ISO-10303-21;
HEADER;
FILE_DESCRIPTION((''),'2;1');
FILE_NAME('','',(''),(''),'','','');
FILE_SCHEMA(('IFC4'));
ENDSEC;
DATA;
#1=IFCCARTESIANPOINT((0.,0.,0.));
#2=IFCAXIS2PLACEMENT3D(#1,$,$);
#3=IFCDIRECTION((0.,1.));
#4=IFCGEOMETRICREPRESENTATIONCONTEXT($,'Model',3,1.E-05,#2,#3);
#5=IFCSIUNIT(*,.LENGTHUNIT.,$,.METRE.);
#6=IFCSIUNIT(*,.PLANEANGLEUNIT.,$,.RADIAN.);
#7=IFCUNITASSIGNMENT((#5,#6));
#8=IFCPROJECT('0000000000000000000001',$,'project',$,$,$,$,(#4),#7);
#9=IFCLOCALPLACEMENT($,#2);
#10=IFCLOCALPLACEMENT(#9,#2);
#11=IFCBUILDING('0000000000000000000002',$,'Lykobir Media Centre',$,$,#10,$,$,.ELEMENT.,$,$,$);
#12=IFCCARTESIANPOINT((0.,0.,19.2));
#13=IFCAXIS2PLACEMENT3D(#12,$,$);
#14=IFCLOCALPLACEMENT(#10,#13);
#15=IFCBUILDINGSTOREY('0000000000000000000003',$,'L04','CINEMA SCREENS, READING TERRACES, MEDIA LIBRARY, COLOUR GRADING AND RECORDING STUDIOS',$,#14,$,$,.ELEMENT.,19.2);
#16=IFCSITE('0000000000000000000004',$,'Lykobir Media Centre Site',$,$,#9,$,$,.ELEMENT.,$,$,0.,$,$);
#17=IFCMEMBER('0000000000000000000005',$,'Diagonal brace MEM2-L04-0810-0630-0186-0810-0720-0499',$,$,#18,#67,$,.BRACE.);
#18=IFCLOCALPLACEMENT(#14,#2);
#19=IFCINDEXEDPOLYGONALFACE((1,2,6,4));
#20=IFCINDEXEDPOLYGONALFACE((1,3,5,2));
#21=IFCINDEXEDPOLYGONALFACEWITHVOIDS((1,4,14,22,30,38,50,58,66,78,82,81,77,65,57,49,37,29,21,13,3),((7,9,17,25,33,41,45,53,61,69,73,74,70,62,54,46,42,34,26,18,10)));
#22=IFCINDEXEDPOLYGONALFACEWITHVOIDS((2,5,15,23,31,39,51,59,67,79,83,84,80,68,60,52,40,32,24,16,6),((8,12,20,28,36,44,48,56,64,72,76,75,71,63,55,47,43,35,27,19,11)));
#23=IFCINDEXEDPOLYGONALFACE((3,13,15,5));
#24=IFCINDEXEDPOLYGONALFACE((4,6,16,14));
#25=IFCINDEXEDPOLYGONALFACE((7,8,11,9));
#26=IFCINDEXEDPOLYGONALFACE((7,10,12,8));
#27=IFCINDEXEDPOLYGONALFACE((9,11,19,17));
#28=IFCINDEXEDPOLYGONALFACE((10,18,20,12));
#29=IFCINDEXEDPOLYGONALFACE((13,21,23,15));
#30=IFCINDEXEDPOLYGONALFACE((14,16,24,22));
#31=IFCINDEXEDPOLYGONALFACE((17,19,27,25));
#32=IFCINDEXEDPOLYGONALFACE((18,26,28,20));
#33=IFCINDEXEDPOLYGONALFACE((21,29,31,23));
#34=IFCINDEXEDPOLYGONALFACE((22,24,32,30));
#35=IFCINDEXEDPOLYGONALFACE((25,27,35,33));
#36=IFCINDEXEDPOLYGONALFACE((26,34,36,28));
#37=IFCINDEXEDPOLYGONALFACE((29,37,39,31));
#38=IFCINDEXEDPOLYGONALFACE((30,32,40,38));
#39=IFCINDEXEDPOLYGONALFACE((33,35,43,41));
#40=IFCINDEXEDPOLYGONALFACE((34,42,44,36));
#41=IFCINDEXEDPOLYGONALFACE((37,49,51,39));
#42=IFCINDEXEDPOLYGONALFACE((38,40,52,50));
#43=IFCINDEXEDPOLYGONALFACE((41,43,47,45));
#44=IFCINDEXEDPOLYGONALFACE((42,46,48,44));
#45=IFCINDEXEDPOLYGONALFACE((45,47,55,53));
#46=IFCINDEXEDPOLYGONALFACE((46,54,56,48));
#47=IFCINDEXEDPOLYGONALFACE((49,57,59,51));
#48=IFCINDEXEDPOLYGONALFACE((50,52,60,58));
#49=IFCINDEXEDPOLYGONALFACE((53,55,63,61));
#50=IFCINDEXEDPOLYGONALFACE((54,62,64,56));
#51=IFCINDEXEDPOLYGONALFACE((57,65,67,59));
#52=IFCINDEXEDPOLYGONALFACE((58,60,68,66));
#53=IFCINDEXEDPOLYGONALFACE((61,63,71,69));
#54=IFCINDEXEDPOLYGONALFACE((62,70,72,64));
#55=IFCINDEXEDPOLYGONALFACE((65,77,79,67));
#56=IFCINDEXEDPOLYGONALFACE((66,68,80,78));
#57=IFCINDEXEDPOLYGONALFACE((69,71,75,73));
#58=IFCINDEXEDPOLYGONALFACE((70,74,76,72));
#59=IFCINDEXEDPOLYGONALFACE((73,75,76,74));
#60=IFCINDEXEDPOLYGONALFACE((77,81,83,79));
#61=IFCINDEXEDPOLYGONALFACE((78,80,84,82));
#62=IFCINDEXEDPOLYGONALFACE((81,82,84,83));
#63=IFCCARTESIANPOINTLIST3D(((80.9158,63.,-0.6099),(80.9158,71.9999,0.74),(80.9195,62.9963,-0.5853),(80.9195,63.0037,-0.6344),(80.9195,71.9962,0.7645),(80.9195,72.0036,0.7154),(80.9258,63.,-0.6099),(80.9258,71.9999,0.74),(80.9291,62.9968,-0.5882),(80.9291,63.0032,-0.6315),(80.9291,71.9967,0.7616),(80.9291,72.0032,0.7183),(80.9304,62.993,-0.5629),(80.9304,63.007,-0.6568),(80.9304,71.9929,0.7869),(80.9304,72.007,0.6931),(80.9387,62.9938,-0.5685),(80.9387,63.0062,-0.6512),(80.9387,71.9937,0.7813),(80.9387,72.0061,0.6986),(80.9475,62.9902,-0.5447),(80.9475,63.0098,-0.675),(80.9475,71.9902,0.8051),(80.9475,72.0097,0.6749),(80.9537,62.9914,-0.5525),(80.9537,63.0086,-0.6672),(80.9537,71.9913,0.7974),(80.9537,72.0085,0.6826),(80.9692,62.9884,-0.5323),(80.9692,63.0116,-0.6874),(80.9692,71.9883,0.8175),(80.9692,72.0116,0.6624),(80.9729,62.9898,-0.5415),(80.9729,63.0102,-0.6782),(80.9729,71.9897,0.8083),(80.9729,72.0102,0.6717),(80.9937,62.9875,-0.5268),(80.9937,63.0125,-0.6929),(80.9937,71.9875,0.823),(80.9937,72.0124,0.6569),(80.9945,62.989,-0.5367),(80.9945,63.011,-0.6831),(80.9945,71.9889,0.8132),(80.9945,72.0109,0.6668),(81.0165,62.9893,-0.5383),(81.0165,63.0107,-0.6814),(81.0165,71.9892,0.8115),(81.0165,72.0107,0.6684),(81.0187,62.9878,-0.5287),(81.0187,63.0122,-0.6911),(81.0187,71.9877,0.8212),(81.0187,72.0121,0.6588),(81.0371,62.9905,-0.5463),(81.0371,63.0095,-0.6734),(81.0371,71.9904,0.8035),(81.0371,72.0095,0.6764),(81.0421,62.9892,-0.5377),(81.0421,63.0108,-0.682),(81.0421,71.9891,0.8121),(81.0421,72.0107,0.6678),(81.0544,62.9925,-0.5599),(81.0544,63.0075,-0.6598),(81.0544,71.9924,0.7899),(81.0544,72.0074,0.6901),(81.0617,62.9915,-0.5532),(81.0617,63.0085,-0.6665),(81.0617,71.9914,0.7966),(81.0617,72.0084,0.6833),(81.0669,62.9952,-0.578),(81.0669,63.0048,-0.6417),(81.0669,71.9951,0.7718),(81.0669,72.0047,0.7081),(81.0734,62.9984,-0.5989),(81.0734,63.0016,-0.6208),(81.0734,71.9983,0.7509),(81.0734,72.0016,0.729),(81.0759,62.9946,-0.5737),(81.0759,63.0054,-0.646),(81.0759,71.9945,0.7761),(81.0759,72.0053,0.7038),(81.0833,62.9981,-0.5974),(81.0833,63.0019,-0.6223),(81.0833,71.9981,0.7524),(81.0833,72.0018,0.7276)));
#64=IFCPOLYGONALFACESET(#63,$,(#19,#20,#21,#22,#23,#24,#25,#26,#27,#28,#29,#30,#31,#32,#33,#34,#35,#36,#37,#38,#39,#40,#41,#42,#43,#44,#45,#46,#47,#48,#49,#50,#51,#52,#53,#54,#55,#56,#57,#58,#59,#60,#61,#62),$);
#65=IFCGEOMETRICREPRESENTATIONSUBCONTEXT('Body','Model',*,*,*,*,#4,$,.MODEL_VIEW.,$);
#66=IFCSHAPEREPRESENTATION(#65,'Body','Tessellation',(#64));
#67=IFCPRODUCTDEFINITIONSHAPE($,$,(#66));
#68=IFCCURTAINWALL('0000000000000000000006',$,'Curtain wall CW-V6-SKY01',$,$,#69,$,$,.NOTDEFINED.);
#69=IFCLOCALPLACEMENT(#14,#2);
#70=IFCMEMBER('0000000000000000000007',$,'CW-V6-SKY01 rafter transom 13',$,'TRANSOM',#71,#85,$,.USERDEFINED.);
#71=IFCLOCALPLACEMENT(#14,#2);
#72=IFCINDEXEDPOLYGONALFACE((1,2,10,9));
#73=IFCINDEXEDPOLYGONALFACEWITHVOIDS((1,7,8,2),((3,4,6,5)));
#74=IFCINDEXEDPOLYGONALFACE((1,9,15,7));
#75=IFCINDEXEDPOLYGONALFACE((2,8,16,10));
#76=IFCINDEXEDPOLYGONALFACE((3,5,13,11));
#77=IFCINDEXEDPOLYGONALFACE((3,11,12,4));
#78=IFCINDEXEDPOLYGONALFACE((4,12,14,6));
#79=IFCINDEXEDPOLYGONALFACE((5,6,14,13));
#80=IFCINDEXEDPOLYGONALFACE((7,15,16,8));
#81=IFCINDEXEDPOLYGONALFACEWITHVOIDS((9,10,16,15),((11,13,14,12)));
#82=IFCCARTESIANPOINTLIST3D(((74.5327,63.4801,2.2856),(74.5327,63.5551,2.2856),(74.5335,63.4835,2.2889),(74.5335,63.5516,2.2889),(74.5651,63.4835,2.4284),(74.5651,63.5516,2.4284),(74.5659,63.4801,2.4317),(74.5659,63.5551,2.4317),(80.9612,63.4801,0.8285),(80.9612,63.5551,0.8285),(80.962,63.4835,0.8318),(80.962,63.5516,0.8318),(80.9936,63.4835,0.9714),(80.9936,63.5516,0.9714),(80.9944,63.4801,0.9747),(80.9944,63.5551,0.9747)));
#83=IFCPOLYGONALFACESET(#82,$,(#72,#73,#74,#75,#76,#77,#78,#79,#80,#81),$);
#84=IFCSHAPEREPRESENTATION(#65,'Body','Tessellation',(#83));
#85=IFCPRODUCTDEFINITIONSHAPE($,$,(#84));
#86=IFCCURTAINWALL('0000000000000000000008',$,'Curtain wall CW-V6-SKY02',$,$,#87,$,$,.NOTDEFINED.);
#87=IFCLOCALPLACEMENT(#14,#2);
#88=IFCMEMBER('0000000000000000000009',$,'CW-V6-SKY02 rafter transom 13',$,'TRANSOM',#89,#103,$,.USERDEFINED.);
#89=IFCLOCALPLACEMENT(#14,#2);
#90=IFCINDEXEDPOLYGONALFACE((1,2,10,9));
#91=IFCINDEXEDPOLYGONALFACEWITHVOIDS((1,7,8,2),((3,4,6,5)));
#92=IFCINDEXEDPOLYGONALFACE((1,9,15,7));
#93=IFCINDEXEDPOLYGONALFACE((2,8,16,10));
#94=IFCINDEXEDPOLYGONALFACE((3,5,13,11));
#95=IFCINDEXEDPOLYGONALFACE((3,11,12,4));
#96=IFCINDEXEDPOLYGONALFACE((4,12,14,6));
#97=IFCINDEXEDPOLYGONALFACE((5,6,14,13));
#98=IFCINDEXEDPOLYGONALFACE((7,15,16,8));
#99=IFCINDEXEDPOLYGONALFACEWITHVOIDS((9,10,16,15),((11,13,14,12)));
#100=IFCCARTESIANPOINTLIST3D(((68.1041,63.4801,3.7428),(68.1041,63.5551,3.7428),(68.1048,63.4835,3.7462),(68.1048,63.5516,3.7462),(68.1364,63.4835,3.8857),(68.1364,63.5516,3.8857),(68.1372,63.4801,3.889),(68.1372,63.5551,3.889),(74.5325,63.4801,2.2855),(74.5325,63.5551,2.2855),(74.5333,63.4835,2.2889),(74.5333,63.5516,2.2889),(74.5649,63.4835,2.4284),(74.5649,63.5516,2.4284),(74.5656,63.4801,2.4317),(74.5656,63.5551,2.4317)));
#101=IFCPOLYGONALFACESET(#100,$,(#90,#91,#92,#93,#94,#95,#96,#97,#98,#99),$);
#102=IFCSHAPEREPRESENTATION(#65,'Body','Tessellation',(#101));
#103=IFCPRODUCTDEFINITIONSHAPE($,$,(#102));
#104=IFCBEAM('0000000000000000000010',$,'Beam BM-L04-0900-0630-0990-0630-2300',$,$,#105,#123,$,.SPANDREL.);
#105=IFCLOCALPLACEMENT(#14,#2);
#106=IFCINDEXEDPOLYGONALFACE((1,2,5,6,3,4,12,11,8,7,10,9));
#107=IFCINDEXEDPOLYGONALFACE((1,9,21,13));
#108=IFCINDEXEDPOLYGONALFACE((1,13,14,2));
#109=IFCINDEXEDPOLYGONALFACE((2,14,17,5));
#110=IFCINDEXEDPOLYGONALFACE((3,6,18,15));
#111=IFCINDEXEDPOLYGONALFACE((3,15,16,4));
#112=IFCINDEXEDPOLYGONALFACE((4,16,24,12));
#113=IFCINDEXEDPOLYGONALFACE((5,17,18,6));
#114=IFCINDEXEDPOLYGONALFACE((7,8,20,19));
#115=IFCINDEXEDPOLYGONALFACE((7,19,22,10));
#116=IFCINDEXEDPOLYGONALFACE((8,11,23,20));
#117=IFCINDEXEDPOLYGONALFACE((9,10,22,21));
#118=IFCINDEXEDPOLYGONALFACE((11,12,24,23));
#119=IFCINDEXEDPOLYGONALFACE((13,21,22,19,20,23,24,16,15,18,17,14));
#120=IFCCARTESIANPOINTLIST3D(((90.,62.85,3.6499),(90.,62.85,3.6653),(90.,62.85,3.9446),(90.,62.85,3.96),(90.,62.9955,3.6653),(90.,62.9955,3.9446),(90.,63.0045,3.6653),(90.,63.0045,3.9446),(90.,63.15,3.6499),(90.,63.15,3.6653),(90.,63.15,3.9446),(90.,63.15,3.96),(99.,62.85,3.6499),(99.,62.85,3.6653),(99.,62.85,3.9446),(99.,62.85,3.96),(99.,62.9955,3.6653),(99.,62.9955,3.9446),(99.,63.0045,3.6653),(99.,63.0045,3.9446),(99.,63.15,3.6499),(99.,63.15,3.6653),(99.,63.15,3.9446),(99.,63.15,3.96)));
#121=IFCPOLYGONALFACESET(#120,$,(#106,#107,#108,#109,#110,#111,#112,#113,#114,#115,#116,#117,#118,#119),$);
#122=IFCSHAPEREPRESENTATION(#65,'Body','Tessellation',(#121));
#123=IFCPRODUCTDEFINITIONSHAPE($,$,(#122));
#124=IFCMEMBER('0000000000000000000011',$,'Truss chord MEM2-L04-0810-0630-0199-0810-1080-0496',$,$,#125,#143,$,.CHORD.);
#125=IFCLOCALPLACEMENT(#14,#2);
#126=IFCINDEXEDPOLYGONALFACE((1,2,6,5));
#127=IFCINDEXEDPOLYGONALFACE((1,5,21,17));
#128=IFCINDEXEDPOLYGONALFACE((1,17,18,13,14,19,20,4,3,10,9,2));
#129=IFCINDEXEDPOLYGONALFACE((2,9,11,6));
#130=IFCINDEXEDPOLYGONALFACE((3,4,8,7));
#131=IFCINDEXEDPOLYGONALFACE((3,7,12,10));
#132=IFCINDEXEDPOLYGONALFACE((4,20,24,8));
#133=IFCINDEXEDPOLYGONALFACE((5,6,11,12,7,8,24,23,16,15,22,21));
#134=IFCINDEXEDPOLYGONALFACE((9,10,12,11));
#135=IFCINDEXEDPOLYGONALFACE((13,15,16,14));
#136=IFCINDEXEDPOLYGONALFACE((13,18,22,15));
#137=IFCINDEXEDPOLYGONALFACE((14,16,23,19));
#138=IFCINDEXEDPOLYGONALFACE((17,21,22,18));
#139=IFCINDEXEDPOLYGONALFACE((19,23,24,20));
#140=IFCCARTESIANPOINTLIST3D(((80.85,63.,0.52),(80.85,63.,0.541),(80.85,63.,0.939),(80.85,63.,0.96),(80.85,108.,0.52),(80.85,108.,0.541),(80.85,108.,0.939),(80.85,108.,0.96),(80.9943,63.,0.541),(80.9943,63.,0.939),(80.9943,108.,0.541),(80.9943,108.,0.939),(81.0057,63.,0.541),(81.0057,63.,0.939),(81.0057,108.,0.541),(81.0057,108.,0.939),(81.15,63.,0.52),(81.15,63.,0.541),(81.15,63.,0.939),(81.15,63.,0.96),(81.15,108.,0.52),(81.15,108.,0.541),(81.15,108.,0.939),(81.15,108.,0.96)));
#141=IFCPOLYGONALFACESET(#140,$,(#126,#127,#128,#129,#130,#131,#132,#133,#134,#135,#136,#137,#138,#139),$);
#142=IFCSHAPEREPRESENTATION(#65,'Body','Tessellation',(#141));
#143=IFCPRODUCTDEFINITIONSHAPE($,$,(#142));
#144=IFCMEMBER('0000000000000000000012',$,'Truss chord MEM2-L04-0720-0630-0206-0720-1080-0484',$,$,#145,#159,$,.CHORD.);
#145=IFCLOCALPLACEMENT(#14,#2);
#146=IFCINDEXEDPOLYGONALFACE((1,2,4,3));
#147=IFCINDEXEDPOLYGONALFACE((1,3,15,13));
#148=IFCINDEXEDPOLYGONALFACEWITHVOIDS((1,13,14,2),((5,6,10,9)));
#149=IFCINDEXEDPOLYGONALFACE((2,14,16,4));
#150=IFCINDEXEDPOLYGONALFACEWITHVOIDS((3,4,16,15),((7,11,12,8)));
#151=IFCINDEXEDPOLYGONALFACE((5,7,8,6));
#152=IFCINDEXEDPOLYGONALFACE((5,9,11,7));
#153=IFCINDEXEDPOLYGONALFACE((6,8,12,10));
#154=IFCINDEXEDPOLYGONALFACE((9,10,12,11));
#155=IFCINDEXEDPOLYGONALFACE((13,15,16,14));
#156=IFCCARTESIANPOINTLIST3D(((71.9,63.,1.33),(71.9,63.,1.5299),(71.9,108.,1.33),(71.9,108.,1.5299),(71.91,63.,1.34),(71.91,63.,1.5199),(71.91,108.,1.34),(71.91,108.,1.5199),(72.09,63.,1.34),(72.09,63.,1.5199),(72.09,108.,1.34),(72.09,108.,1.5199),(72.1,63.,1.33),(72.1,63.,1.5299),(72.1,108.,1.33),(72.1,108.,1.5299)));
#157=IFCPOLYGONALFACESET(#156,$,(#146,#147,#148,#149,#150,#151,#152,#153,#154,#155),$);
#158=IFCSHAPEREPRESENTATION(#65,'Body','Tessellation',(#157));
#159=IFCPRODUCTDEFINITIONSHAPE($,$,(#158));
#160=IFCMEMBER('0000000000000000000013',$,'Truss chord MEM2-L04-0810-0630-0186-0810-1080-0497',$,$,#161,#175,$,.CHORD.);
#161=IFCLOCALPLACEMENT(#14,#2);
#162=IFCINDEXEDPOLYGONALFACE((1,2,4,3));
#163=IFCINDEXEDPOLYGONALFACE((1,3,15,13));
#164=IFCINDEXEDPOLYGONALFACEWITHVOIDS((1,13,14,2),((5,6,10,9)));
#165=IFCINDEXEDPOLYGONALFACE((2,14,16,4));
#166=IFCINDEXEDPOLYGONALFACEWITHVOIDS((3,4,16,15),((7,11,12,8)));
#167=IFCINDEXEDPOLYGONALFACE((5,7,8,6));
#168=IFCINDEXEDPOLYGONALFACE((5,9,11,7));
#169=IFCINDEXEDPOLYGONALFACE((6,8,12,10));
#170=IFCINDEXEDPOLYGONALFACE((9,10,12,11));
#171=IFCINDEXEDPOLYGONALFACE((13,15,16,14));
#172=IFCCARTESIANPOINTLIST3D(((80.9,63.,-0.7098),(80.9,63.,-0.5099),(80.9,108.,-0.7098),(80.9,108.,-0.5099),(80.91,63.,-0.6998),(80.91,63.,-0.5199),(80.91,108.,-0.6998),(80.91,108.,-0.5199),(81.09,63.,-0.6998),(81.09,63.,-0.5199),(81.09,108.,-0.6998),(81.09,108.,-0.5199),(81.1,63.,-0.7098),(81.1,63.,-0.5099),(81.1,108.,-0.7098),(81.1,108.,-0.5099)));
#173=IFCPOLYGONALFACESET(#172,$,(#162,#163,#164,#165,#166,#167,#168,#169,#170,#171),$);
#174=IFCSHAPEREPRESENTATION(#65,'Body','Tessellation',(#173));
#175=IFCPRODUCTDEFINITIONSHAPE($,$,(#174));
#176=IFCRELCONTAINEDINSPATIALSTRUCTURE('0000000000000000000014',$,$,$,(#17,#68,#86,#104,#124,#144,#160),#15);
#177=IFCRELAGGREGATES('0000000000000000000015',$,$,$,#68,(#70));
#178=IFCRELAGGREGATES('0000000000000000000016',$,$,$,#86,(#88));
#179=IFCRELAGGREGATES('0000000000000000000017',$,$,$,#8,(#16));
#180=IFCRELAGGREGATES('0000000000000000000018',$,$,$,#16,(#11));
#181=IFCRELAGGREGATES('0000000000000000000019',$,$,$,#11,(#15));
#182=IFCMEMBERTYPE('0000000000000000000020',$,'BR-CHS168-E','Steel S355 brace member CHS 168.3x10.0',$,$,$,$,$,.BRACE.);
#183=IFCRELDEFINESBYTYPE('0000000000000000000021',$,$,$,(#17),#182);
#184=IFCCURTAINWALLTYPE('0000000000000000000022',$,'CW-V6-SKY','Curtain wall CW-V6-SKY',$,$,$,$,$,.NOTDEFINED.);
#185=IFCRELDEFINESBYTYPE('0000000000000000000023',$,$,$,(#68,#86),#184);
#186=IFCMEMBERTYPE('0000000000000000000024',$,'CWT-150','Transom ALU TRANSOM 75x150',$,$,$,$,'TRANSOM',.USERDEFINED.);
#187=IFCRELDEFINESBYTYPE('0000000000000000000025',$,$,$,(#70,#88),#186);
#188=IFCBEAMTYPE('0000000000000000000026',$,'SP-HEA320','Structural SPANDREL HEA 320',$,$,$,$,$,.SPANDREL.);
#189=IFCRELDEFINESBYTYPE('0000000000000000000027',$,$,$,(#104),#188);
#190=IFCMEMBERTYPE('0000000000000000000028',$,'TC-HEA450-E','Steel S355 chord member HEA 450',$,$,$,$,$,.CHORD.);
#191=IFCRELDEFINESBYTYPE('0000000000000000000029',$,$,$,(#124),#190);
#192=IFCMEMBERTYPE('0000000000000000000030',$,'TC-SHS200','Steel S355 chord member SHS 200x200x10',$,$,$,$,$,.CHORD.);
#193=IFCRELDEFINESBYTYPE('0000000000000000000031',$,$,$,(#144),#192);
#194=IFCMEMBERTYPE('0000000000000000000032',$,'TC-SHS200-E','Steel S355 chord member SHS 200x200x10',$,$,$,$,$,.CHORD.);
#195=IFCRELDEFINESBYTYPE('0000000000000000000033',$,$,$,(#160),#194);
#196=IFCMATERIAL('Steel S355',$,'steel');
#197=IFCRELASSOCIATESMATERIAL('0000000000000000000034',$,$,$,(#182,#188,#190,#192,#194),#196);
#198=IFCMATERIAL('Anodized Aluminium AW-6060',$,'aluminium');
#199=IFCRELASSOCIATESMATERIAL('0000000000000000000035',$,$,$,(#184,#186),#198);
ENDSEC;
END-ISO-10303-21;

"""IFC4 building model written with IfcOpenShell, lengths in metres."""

from ifc_helpers import new_model, si_unit, direction, frame, origin, origin_2d, place, context, subcontext, project, spatial, hollow_rectangle, hollow_circle, i_section, extrude, material, material_profile, profile_set, type_object, element, aggregate, save


model = new_model("IFC4")

# Units and contexts
model_context = context("Model", 3, precision=1e-05, world=origin(), true_north=direction((0.0, 1.0)))
body_context = subcontext(model_context, "Body", "Model", "MODEL_VIEW")
ifc_project = project(units=[si_unit("LENGTHUNIT", "METRE"), si_unit("PLANEANGLEUNIT", "RADIAN")], contexts=[model_context])

# Site, building, storey
site_placement = place(None, origin())
site = spatial("IfcSite", under=ifc_project, at=site_placement, Name="Lykobir Media Centre Site", CompositionType="ELEMENT", RefElevation=0.0)
building_placement = place(site_placement, origin())
building = spatial("IfcBuilding", under=site, at=building_placement, Name="Lykobir Media Centre", CompositionType="ELEMENT")
storey_placement = place(building_placement, frame((0.0, 0.0, 19.2)))
storey = spatial("IfcBuildingStorey", under=building, at=storey_placement, Name="L04", Description="CINEMA SCREENS, READING TERRACES, MEDIA LIBRARY, COLOUR GRADING AND RECORDING STUDIOS", CompositionType="ELEMENT", Elevation=19.2)

# Member
ifc_material_1 = material(Name="Steel S355", Category="steel")
ifc_material_profile_1 = material_profile(ifc_material_1, hollow_circle(Radius=0.0842, WallThickness=0.01, at=origin_2d()), Name="CHS 168.3x10.0")
ifc_profile_set_1 = profile_set([ifc_material_profile_1], Name="Steel S355")
member_type_1 = type_object("IfcMemberType", Name="BR-CHS168-E", Description="Steel S355 brace member CHS 168.3x10.0", PredefinedType="BRACE", material=ifc_profile_set_1)
member_1_placement = place(storey_placement, frame((81.0, 63.0, -0.6099), z_axis=(0.0, 0.988939, 0.148325), x_axis=(-1.0, 0.0, 0.0)))
element("IfcMember", 1, at=member_1_placement, inside=storey, type_object=member_type_1, Name="Diagonal brace MEM2-L04-0810-0630-0186-0810-0720-0499", PredefinedType="BRACE", context=body_context, shape_type="SweptSolid", body=[
    extrude(hollow_circle(Radius=0.0842, WallThickness=0.01, at=origin_2d()), origin(), (0.0, 0.0, 1.0), 9.1006),
])

# Curtain walls, members
ifc_material_2 = material(Name="Anodized Aluminium AW-6060", Category="aluminium")
curtain_wall_type = type_object("IfcCurtainWallType", Name="CW-V6-SKY", Description="Curtain wall CW-V6-SKY", PredefinedType="NOTDEFINED", material=ifc_material_2)
curtain_wall_1_placement = place(storey_placement, origin())
curtain_wall_1 = element("IfcCurtainWall", 2, at=curtain_wall_1_placement, inside=storey, type_object=curtain_wall_type, Name="Curtain wall CW-V6-SKY01", PredefinedType="NOTDEFINED")
ifc_material_profile_2 = material_profile(ifc_material_2, hollow_rectangle(XDim=0.075, YDim=0.1499, WallThickness=0.0034, at=origin_2d()), Name="ALU TRANSOM 75x150")
ifc_profile_set_2 = profile_set([ifc_material_profile_2], Name="Anodized Aluminium AW-6060")
member_type_2 = type_object("IfcMemberType", Name="CWT-150", Description="Transom ALU TRANSOM 75x150", ElementType="TRANSOM", PredefinedType="USERDEFINED", material=ifc_profile_set_2)
member_2_placement = place(storey_placement, frame((80.9778, 63.5176, 0.9016), z_axis=(-0.975263, 0.0, 0.221046), x_axis=(0.0, -1.0, 0.0)))
member_2 = element("IfcMember", 3, at=member_2_placement, type_object=member_type_2, Name="CW-V6-SKY01 rafter transom 13", ObjectType="TRANSOM", PredefinedType="USERDEFINED", context=body_context, shape_type="SweptSolid", body=[
    extrude(hollow_rectangle(XDim=0.075, YDim=0.1499, WallThickness=0.0034, at=origin_2d()), origin(), (0.0, 0.0, 1.0), 6.5916),
])
aggregate(curtain_wall_1, [member_2])
curtain_wall_2_placement = place(storey_placement, origin())
curtain_wall_2 = element("IfcCurtainWall", 4, at=curtain_wall_2_placement, inside=storey, type_object=curtain_wall_type, Name="Curtain wall CW-V6-SKY02", PredefinedType="NOTDEFINED")
member_3_placement = place(storey_placement, frame((74.5491, 63.5176, 2.3586), z_axis=(-0.975255, 0.0, 0.221082), x_axis=(0.0, -1.0, 0.0)))
member_3 = element("IfcMember", 5, at=member_3_placement, type_object=member_type_2, Name="CW-V6-SKY02 rafter transom 13", ObjectType="TRANSOM", PredefinedType="USERDEFINED", context=body_context, shape_type="SweptSolid", body=[
    extrude(hollow_rectangle(XDim=0.075, YDim=0.1499, WallThickness=0.0034, at=origin_2d()), origin(), (0.0, 0.0, 1.0), 6.5916),
])
aggregate(curtain_wall_2, [member_3])

# Beam
ifc_material_profile_3 = material_profile(ifc_material_1, i_section(OverallWidth=0.3, OverallDepth=0.3101, WebThickness=0.009, FlangeThickness=0.0154, at=origin_2d()), Name="HEA 320")
ifc_profile_set_3 = profile_set([ifc_material_profile_3], Name="Steel S355")
beam_type = type_object("IfcBeamType", Name="SP-HEA320", Description="Structural SPANDREL HEA 320", PredefinedType="SPANDREL", material=ifc_profile_set_3)
beam_placement = place(storey_placement, frame((90.0, 63.0, 3.8049), z_axis=(1.0, 0.0, 0.0), x_axis=(0.0, 1.0, 0.0)))
element("IfcBeam", 6, at=beam_placement, inside=storey, type_object=beam_type, Name="Beam BM-L04-0900-0630-0990-0630-2300", PredefinedType="SPANDREL", context=body_context, shape_type="SweptSolid", body=[
    extrude(i_section(OverallWidth=0.3, OverallDepth=0.3101, WebThickness=0.009, FlangeThickness=0.0154, at=origin_2d()), origin(), (0.0, 0.0, 1.0), 9.0),
])

# Members
ifc_material_profile_4 = material_profile(ifc_material_1, i_section(OverallWidth=0.3, OverallDepth=0.4399, WebThickness=0.0115, FlangeThickness=0.021, at=origin_2d()), Name="HEA 450")
ifc_profile_set_4 = profile_set([ifc_material_profile_4], Name="Steel S355")
member_type_3 = type_object("IfcMemberType", Name="TC-HEA450-E", Description="Steel S355 chord member HEA 450", PredefinedType="CHORD", material=ifc_profile_set_4)
member_4_placement = place(storey_placement, frame((81.0, 63.0, 0.74), z_axis=(0.0, 1.0, 0.0), x_axis=(-1.0, 0.0, 0.0)))
element("IfcMember", 7, at=member_4_placement, inside=storey, type_object=member_type_3, Name="Truss chord MEM2-L04-0810-0630-0199-0810-1080-0496", PredefinedType="CHORD", context=body_context, shape_type="SweptSolid", body=[
    extrude(i_section(OverallWidth=0.3, OverallDepth=0.4399, WebThickness=0.0115, FlangeThickness=0.021, at=origin_2d()), origin(), (0.0, 0.0, 1.0), 45.0),
])
ifc_material_profile_5 = material_profile(ifc_material_1, hollow_rectangle(XDim=0.2, YDim=0.2, WallThickness=0.01, at=origin_2d()), Name="SHS 200x200x10")
ifc_profile_set_5 = profile_set([ifc_material_profile_5], Name="Steel S355")
member_type_4 = type_object("IfcMemberType", Name="TC-SHS200", Description="Steel S355 chord member SHS 200x200x10", PredefinedType="CHORD", material=ifc_profile_set_5)
member_5_placement = place(storey_placement, frame((72.0, 63.0, 1.4299), z_axis=(0.0, 1.0, 0.0), x_axis=(-1.0, 0.0, 0.0)))
element("IfcMember", 8, at=member_5_placement, inside=storey, type_object=member_type_4, Name="Truss chord MEM2-L04-0720-0630-0206-0720-1080-0484", PredefinedType="CHORD", context=body_context, shape_type="SweptSolid", body=[
    extrude(hollow_rectangle(XDim=0.2, YDim=0.2, WallThickness=0.01, at=origin_2d()), origin(), (0.0, 0.0, 1.0), 45.0),
])
ifc_material_profile_6 = material_profile(ifc_material_1, hollow_rectangle(XDim=0.2, YDim=0.2, WallThickness=0.01, at=origin_2d()), Name="SHS 200x200x10")
ifc_profile_set_6 = profile_set([ifc_material_profile_6], Name="Steel S355")
member_type_5 = type_object("IfcMemberType", Name="TC-SHS200-E", Description="Steel S355 chord member SHS 200x200x10", PredefinedType="CHORD", material=ifc_profile_set_6)
member_6_placement = place(storey_placement, frame((81.0, 63.0, -0.6099), z_axis=(0.0, 1.0, 0.0), x_axis=(-1.0, 0.0, 0.0)))
element("IfcMember", 9, at=member_6_placement, inside=storey, type_object=member_type_5, Name="Truss chord MEM2-L04-0810-0630-0186-0810-1080-0497", PredefinedType="CHORD", context=body_context, shape_type="SweptSolid", body=[
    extrude(hollow_rectangle(XDim=0.2, YDim=0.2, WallThickness=0.01, at=origin_2d()), origin(), (0.0, 0.0, 1.0), 45.0),
])

save(model, "model.ifc")
